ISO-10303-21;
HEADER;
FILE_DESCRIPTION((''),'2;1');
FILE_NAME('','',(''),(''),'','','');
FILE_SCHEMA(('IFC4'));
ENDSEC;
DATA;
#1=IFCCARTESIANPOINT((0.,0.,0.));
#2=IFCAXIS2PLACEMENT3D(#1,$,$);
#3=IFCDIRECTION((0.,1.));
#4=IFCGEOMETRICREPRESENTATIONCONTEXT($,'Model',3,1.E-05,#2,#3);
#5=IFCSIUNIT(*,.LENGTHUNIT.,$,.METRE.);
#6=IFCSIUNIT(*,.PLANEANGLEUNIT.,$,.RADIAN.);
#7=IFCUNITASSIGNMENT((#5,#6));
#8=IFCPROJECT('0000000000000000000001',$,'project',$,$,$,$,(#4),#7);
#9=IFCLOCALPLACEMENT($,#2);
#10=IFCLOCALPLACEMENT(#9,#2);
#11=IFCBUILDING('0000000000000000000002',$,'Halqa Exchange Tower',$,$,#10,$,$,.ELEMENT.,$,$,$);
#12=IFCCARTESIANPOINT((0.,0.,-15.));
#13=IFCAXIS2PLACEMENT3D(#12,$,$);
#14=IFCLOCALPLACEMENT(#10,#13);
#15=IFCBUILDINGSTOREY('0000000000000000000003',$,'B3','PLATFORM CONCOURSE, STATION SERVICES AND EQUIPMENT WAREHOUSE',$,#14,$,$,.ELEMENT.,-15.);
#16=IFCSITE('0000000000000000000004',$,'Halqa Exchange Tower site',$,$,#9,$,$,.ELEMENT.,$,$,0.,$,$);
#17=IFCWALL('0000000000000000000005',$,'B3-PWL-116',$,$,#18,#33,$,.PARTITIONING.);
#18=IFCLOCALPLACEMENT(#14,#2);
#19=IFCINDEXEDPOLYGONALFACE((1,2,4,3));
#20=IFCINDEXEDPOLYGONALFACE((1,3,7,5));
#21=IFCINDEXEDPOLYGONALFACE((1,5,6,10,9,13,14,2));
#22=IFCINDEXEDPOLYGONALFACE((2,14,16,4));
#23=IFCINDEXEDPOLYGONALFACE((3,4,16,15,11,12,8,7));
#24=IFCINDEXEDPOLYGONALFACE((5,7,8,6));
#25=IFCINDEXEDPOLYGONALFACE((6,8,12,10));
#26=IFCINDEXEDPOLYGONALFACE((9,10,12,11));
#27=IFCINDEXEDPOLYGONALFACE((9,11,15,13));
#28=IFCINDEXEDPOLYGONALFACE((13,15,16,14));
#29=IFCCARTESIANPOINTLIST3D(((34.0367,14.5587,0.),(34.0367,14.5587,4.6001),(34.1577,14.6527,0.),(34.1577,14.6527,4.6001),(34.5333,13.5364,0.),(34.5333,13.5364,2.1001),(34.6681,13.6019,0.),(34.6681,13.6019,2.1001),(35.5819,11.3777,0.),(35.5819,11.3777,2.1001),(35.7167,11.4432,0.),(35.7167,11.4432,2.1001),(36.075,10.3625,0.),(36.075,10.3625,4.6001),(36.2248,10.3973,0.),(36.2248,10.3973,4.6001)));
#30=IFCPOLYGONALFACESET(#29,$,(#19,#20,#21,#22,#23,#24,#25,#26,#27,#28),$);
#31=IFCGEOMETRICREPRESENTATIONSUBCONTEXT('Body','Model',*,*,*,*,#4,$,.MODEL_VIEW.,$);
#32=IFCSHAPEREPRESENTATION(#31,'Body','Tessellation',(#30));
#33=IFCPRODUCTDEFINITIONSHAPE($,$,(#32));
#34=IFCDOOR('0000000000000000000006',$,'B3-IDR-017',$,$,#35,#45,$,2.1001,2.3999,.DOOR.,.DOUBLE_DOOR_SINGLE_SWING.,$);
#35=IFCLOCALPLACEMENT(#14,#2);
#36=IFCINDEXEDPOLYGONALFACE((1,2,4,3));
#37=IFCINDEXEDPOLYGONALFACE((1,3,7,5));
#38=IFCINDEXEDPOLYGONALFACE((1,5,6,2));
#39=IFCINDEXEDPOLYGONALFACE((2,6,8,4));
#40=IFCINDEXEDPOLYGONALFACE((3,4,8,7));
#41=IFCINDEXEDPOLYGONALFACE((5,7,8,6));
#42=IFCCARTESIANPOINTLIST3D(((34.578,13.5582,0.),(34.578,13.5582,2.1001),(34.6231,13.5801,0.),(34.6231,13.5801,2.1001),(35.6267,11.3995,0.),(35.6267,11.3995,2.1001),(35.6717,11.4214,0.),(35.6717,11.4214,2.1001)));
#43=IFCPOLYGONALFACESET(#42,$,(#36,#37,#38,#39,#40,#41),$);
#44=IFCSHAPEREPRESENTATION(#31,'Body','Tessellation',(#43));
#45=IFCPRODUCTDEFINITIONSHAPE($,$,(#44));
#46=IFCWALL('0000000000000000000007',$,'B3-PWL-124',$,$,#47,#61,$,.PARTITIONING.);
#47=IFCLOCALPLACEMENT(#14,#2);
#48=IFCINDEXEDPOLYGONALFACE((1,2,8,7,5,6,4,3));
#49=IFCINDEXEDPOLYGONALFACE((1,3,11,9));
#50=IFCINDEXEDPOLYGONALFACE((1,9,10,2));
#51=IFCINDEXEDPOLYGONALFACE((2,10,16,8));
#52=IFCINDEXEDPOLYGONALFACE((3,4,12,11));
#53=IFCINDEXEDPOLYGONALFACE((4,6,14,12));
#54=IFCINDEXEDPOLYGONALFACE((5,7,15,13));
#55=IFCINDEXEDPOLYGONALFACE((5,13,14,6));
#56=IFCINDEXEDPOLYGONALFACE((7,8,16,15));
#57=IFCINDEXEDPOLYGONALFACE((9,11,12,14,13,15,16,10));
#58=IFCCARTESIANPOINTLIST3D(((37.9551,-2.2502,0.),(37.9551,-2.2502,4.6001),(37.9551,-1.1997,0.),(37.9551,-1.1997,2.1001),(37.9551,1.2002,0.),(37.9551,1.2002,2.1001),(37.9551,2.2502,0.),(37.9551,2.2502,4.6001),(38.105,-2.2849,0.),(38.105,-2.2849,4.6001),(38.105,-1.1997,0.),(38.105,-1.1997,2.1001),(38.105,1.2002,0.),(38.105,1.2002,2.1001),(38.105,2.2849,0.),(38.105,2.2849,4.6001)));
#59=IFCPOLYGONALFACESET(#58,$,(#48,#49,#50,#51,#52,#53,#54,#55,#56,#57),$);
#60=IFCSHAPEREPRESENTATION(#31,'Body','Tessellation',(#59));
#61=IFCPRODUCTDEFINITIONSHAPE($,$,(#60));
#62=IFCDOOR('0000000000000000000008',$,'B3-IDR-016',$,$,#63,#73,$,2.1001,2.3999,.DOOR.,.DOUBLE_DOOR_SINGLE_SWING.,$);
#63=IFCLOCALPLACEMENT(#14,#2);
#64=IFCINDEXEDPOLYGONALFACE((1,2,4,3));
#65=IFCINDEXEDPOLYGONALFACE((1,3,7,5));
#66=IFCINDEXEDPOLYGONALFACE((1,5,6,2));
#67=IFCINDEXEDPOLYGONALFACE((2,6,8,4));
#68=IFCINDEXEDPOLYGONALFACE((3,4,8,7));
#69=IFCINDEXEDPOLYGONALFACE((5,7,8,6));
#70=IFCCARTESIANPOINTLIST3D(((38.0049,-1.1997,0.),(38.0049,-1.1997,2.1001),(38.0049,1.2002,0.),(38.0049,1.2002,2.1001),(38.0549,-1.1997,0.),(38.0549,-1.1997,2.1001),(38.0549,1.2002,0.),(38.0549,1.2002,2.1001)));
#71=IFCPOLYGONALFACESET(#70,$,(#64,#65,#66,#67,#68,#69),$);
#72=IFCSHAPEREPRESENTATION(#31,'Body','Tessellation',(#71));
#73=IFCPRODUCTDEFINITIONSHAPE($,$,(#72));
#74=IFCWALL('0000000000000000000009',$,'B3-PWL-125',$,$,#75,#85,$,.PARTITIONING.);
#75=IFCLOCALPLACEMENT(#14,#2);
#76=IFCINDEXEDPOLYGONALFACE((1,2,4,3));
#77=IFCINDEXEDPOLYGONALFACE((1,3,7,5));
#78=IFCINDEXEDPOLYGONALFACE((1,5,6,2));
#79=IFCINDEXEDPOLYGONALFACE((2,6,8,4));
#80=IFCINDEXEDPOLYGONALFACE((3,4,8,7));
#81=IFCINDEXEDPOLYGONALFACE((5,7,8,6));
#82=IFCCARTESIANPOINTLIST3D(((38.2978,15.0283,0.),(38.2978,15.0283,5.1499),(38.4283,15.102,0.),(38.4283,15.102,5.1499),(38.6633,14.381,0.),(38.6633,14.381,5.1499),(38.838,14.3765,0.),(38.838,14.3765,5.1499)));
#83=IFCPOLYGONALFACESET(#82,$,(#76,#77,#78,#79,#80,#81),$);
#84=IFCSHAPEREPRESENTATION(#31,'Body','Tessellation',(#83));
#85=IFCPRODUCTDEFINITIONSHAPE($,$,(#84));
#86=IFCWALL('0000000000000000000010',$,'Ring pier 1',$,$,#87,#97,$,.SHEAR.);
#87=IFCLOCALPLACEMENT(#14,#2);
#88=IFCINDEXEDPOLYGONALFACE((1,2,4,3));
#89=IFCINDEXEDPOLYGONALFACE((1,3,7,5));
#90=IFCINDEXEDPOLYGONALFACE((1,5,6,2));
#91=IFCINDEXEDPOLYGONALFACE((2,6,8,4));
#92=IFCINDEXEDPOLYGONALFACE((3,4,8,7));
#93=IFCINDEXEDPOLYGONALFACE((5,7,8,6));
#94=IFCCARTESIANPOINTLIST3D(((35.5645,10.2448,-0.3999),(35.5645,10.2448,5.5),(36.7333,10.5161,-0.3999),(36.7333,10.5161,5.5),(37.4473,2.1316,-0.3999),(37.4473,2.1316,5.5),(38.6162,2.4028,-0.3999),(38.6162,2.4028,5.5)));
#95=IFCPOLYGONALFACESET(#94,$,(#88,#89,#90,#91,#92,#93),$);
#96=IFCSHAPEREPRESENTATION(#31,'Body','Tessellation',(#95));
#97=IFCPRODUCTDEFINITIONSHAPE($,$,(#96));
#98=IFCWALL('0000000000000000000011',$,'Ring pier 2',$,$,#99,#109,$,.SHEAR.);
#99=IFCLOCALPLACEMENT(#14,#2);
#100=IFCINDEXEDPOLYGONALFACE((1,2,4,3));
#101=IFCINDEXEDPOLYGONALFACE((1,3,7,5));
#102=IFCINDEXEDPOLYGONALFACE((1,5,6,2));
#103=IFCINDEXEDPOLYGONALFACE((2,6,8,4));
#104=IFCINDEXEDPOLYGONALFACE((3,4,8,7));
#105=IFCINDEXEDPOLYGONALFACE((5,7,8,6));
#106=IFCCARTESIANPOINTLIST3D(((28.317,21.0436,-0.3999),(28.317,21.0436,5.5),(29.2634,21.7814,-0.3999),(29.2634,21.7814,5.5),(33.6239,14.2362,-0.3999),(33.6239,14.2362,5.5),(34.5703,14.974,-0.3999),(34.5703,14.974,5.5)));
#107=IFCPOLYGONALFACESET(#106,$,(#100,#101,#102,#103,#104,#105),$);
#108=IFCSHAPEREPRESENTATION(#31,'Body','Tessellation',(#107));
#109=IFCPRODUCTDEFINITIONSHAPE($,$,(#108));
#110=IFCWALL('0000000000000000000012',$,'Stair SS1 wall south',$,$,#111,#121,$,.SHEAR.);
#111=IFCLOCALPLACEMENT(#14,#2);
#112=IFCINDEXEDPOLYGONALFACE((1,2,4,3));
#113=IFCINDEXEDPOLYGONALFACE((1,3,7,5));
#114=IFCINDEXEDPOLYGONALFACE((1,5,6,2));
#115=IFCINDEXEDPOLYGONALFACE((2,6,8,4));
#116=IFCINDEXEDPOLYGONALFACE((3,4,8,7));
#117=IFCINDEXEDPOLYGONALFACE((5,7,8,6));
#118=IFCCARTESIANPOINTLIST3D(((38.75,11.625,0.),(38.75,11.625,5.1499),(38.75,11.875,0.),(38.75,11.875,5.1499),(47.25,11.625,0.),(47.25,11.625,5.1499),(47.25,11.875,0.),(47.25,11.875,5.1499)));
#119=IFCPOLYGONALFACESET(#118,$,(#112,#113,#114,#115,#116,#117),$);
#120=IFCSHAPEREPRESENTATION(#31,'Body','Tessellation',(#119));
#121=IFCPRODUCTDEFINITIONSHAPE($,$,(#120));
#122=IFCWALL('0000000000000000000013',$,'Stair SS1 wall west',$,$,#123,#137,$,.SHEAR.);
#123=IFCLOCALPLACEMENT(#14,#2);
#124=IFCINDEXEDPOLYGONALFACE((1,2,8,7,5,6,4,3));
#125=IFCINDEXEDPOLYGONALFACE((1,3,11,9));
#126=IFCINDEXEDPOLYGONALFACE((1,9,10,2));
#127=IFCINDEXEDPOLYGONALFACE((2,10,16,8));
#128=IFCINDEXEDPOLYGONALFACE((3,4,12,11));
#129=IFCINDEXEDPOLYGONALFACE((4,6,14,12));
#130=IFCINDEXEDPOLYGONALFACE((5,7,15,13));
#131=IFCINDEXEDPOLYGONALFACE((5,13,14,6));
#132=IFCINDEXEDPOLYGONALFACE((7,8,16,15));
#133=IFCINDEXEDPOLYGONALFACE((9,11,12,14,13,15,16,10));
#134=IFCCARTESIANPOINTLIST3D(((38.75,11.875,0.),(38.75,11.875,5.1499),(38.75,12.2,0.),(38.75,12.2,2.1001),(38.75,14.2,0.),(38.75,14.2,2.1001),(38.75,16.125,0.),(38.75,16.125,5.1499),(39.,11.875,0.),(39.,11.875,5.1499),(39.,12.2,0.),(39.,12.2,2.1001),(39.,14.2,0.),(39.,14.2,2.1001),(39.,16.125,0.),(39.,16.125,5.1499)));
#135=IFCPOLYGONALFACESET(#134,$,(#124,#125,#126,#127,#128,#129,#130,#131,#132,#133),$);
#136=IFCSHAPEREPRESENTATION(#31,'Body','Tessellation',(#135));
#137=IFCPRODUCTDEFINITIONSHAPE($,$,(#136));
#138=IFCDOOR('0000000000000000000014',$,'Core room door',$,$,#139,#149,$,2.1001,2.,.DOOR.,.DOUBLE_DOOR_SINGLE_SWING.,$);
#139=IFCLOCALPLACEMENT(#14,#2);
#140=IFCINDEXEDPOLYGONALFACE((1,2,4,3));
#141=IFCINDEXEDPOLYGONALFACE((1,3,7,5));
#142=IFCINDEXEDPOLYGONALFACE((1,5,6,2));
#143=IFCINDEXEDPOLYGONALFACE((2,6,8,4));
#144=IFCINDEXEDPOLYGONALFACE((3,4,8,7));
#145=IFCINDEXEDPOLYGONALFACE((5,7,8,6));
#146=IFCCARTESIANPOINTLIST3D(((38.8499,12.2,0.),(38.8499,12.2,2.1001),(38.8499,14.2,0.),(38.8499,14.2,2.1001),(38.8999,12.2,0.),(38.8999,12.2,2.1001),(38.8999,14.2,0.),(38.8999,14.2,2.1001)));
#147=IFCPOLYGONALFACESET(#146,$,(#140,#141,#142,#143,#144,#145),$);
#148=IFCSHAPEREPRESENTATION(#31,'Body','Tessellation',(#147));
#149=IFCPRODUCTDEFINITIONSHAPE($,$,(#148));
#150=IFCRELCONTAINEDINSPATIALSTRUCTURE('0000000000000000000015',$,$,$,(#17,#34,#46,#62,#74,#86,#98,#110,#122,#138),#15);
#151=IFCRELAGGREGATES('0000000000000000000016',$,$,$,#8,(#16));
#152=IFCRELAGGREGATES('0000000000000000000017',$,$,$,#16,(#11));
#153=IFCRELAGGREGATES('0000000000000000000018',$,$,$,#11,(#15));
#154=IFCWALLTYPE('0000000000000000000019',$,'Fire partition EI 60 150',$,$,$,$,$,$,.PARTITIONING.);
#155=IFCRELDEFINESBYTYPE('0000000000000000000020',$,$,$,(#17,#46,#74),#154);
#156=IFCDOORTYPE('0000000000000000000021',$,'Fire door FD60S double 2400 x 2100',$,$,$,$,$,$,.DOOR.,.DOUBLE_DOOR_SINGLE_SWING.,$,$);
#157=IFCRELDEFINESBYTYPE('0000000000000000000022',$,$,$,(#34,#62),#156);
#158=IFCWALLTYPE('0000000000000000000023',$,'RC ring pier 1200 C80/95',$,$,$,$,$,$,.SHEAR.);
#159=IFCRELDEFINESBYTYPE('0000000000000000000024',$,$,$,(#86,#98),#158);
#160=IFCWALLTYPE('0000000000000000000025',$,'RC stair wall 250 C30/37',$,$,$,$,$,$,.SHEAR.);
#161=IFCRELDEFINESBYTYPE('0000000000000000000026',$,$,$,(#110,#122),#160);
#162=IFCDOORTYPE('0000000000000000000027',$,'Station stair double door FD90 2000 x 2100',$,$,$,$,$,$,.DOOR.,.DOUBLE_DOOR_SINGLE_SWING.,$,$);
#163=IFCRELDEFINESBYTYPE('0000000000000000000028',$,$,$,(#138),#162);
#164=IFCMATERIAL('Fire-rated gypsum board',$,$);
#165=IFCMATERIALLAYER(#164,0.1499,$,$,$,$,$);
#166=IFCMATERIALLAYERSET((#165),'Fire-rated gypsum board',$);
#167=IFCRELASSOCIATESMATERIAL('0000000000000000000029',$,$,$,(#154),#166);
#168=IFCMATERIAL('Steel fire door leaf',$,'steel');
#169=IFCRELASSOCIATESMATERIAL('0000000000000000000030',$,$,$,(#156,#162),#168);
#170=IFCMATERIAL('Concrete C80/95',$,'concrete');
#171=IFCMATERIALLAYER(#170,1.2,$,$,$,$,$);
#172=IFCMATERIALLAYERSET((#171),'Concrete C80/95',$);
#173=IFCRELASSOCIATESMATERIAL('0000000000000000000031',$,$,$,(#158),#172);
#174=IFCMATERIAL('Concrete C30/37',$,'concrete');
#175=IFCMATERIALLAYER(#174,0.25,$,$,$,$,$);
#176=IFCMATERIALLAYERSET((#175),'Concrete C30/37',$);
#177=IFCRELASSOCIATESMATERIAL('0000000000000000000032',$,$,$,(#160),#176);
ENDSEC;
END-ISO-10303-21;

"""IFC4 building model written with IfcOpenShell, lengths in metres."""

from ifc_helpers import new_model, si_unit, direction, frame, frame_2d, origin, place, context, subcontext, project, spatial, polyline, rectangle, outline, extrude, material, layer, layer_set, type_object, element, fill, save


model = new_model("IFC4")

# Units and contexts
model_context = context("Model", 3, precision=1e-05, world=origin(), true_north=direction((0.0, 1.0)))
body_context = subcontext(model_context, "Body", "Model", "MODEL_VIEW")
ifc_project = project(units=[si_unit("LENGTHUNIT", "METRE"), si_unit("PLANEANGLEUNIT", "RADIAN")], contexts=[model_context])

# Site, building, storey
site_placement = place(None, origin())
site = spatial("IfcSite", under=ifc_project, at=site_placement, Name="Halqa Exchange Tower site", CompositionType="ELEMENT", RefElevation=0.0)
building_placement = place(site_placement, origin())
building = spatial("IfcBuilding", under=site, at=building_placement, Name="Halqa Exchange Tower", CompositionType="ELEMENT")
storey_placement = place(building_placement, frame((0.0, 0.0, -15.0)))
storey = spatial("IfcBuildingStorey", under=building, at=storey_placement, Name="B3", Description="PLATFORM CONCOURSE, STATION SERVICES AND EQUIPMENT WAREHOUSE", CompositionType="ELEMENT", Elevation=-15.0)

# Shared definitions
ifc_material_1 = material(Name="Fire-rated gypsum board")
ifc_layer_1 = layer(ifc_material_1, 0.1499)
ifc_layer_set_1 = layer_set([ifc_layer_1], Name="Fire-rated gypsum board")
wall_type_1 = type_object("IfcWallType", Name="Fire partition EI 60 150", PredefinedType="PARTITIONING", material=ifc_layer_set_1)

# Walls, openings, doors
wall_1_placement = place(storey_placement, frame((34.0972, 14.6057, 0.0), z_axis=(0.0, 0.0, 1.0), x_axis=(0.436936, -0.899492, 0.0)))
wall_1 = element("IfcWall", 1, at=wall_1_placement, inside=storey, type_object=wall_type_1, Name="B3-PWL-116", PredefinedType="PARTITIONING", context=body_context, shape_type="SweptSolid", body=[
    extrude(outline(polyline([(0.0159, -0.075), (4.6809, -0.075), (4.7151, 0.075), (-0.0159, 0.075), (0.0159, -0.075)])), origin(), (0.0, 0.0, 1.0), 4.6001),
])
opening_1_placement = place(wall_1_placement, frame((1.1523, 0.0, 0.0)))
opening_1 = element("IfcOpeningElement", 2, at=opening_1_placement, cuts=wall_1, PredefinedType="OPENING", context=body_context, shape_type="SweptSolid", body=[
    extrude(rectangle(XDim=2.3999, YDim=2.1001, at=frame_2d((1.2, 1.05))), frame((0.0, 0.0869, 0.0), z_axis=(0.0, -1.0, 0.0), x_axis=(1.0, 0.0, 0.0)), (0.0, 0.0, 1.0), 0.1738),
])
ifc_material_2 = material(Name="Steel fire door leaf", Category="steel")
door_type_1 = type_object("IfcDoorType", Name="Fire door FD60S double 2400 x 2100", OperationType="DOUBLE_DOOR_SINGLE_SWING", PredefinedType="DOOR", material=ifc_material_2)
door_1_placement = place(opening_1_placement, origin())
door_1 = element("IfcDoor", 3, at=door_1_placement, inside=storey, type_object=door_type_1, Name="B3-IDR-017", OperationType="DOUBLE_DOOR_SINGLE_SWING", OverallHeight=2.1001, OverallWidth=2.3999, PredefinedType="DOOR", context=body_context, shape_type="SweptSolid", body=[
    extrude(rectangle(XDim=2.3999, YDim=2.1001, at=frame_2d((1.2, 1.05))), frame((0.0, 0.0249, 0.0), z_axis=(0.0, -1.0, 0.0), x_axis=(1.0, 0.0, 0.0)), (0.0, 0.0, 1.0), 0.05),
])
fill(opening_1, door_1)
wall_2_placement = place(storey_placement, frame((38.03, 2.2676, 0.0), z_axis=(0.0, 0.0, 1.0), x_axis=(0.0, -1.0, 0.0)))
wall_2 = element("IfcWall", 4, at=wall_2_placement, inside=storey, type_object=wall_type_1, Name="B3-PWL-124", PredefinedType="PARTITIONING", context=body_context, shape_type="SweptSolid", body=[
    extrude(outline(polyline([(0.0173, -0.075), (4.5178, -0.075), (4.5525, 0.075), (-0.0173, 0.075), (0.0173, -0.075)])), origin(), (0.0, 0.0, 1.0), 4.6001),
])
opening_2_placement = place(wall_2_placement, frame((1.0674, 0.0, 0.0)))
opening_2 = element("IfcOpeningElement", 5, at=opening_2_placement, cuts=wall_2, PredefinedType="OPENING", context=body_context, shape_type="SweptSolid", body=[
    extrude(rectangle(XDim=2.3999, YDim=2.1001, at=frame_2d((1.2, 1.05))), frame((0.0, 0.0869, 0.0), z_axis=(0.0, -1.0, 0.0), x_axis=(1.0, 0.0, 0.0)), (0.0, 0.0, 1.0), 0.1738),
])
door_2_placement = place(opening_2_placement, origin())
door_2 = element("IfcDoor", 6, at=door_2_placement, inside=storey, type_object=door_type_1, Name="B3-IDR-016", OperationType="DOUBLE_DOOR_SINGLE_SWING", OverallHeight=2.1001, OverallWidth=2.3999, PredefinedType="DOOR", context=body_context, shape_type="SweptSolid", body=[
    extrude(rectangle(XDim=2.3999, YDim=2.1001, at=frame_2d((1.2, 1.05))), frame((0.0, 0.0249, 0.0), z_axis=(0.0, -1.0, 0.0), x_axis=(1.0, 0.0, 0.0)), (0.0, 0.0, 1.0), 0.05),
])
fill(opening_2, door_2)

# Walls
wall_3_placement = place(storey_placement, frame((38.363, 15.0652, 0.0), z_axis=(0.0, 0.0, 1.0), x_axis=(0.491731, -0.870747, 0.0)))
element("IfcWall", 7, at=wall_3_placement, inside=storey, type_object=wall_type_1, Name="B3-PWL-125", PredefinedType="PARTITIONING", context=body_context, shape_type="SweptSolid", body=[
    extrude(outline(polyline([(0.0, -0.075), (0.7434, -0.075), (0.8333, 0.075), (0.0, 0.075), (0.0, -0.075)])), origin(), (0.0, 0.0, 1.0), 5.1499),
])
ifc_material_3 = material(Name="Concrete C80/95", Category="concrete")
ifc_layer_2 = layer(ifc_material_3, 1.2)
ifc_layer_set_2 = layer_set([ifc_layer_2], Name="Concrete C80/95")
wall_type_2 = type_object("IfcWallType", Name="RC ring pier 1200 C80/95", PredefinedType="SHEAR", material=ifc_layer_set_2)
wall_4_placement = place(storey_placement, frame((38.0317, 2.2671, -0.3999), z_axis=(0.0, 0.0, 1.0), x_axis=(-0.226058, 0.974114, 0.0)))
element("IfcWall", 8, at=wall_4_placement, inside=storey, type_object=wall_type_2, Name="Ring pier 1", PredefinedType="SHEAR", context=body_context, shape_type="SweptSolid", body=[
    extrude(rectangle(XDim=8.3289, YDim=1.2, at=frame_2d((4.1646, 0.0))), origin(), (0.0, 0.0, 1.0), 5.8999),
])
wall_5_placement = place(storey_placement, frame((34.0972, 14.605, -0.3999), z_axis=(0.0, 0.0, 1.0), x_axis=(-0.614825, 0.788663, 0.0)))
element("IfcWall", 9, at=wall_5_placement, inside=storey, type_object=wall_type_2, Name="Ring pier 2", PredefinedType="SHEAR", context=body_context, shape_type="SweptSolid", body=[
    extrude(rectangle(XDim=8.6316, YDim=1.2, at=frame_2d((4.3159, 0.0))), origin(), (0.0, 0.0, 1.0), 5.8999),
])
ifc_material_4 = material(Name="Concrete C30/37", Category="concrete")
ifc_layer_3 = layer(ifc_material_4, 0.25)
ifc_layer_set_3 = layer_set([ifc_layer_3], Name="Concrete C30/37")
wall_type_3 = type_object("IfcWallType", Name="RC stair wall 250 C30/37", PredefinedType="SHEAR", material=ifc_layer_set_3)
wall_6_placement = place(storey_placement, frame((38.75, 11.75, 0.0), z_axis=(0.0, 0.0, 1.0), x_axis=(1.0, 0.0, 0.0)))
element("IfcWall", 10, at=wall_6_placement, inside=storey, type_object=wall_type_3, Name="Stair SS1 wall south", PredefinedType="SHEAR", context=body_context, shape_type="SweptSolid", body=[
    extrude(rectangle(XDim=8.5, YDim=0.25, at=frame_2d((4.25, 0.0))), origin(), (0.0, 0.0, 1.0), 5.1499),
])

# Wall, opening, door
wall_7_placement = place(storey_placement, frame((38.875, 11.875, 0.0), z_axis=(0.0, 0.0, 1.0), x_axis=(0.0, 1.0, 0.0)))
wall_7 = element("IfcWall", 11, at=wall_7_placement, inside=storey, type_object=wall_type_3, Name="Stair SS1 wall west", PredefinedType="SHEAR", context=body_context, shape_type="SweptSolid", body=[
    extrude(rectangle(XDim=4.25, YDim=0.25, at=frame_2d((2.125, 0.0))), origin(), (0.0, 0.0, 1.0), 5.1499),
])
opening_3_placement = place(wall_7_placement, frame((0.325, 0.0, 0.0)))
opening_3 = element("IfcOpeningElement", 12, at=opening_3_placement, cuts=wall_7, PredefinedType="OPENING", context=body_context, shape_type="SweptSolid", body=[
    extrude(rectangle(XDim=2.0, YDim=2.1001, at=frame_2d((1.0, 1.05))), frame((0.0, 0.137, 0.0), z_axis=(0.0, -1.0, 0.0), x_axis=(1.0, 0.0, 0.0)), (0.0, 0.0, 1.0), 0.2739),
])
door_type_2 = type_object("IfcDoorType", Name="Station stair double door FD90 2000 x 2100", OperationType="DOUBLE_DOOR_SINGLE_SWING", PredefinedType="DOOR", material=ifc_material_2)
door_3_placement = place(opening_3_placement, frame((2.0, 0.0, 0.0), z_axis=(0.0, 0.0, 1.0), x_axis=(-1.0, 0.0, 0.0)))
door_3 = element("IfcDoor", 13, at=door_3_placement, inside=storey, type_object=door_type_2, Name="Core room door", OperationType="DOUBLE_DOOR_SINGLE_SWING", OverallHeight=2.1001, OverallWidth=2.0, PredefinedType="DOOR", context=body_context, shape_type="SweptSolid", body=[
    extrude(rectangle(XDim=2.0, YDim=2.1001, at=frame_2d((1.0, 1.05))), frame((0.0, 0.0249, 0.0), z_axis=(0.0, -1.0, 0.0), x_axis=(1.0, 0.0, 0.0)), (0.0, 0.0, 1.0), 0.05),
])
fill(opening_3, door_3)

save(model, "model.ifc")
